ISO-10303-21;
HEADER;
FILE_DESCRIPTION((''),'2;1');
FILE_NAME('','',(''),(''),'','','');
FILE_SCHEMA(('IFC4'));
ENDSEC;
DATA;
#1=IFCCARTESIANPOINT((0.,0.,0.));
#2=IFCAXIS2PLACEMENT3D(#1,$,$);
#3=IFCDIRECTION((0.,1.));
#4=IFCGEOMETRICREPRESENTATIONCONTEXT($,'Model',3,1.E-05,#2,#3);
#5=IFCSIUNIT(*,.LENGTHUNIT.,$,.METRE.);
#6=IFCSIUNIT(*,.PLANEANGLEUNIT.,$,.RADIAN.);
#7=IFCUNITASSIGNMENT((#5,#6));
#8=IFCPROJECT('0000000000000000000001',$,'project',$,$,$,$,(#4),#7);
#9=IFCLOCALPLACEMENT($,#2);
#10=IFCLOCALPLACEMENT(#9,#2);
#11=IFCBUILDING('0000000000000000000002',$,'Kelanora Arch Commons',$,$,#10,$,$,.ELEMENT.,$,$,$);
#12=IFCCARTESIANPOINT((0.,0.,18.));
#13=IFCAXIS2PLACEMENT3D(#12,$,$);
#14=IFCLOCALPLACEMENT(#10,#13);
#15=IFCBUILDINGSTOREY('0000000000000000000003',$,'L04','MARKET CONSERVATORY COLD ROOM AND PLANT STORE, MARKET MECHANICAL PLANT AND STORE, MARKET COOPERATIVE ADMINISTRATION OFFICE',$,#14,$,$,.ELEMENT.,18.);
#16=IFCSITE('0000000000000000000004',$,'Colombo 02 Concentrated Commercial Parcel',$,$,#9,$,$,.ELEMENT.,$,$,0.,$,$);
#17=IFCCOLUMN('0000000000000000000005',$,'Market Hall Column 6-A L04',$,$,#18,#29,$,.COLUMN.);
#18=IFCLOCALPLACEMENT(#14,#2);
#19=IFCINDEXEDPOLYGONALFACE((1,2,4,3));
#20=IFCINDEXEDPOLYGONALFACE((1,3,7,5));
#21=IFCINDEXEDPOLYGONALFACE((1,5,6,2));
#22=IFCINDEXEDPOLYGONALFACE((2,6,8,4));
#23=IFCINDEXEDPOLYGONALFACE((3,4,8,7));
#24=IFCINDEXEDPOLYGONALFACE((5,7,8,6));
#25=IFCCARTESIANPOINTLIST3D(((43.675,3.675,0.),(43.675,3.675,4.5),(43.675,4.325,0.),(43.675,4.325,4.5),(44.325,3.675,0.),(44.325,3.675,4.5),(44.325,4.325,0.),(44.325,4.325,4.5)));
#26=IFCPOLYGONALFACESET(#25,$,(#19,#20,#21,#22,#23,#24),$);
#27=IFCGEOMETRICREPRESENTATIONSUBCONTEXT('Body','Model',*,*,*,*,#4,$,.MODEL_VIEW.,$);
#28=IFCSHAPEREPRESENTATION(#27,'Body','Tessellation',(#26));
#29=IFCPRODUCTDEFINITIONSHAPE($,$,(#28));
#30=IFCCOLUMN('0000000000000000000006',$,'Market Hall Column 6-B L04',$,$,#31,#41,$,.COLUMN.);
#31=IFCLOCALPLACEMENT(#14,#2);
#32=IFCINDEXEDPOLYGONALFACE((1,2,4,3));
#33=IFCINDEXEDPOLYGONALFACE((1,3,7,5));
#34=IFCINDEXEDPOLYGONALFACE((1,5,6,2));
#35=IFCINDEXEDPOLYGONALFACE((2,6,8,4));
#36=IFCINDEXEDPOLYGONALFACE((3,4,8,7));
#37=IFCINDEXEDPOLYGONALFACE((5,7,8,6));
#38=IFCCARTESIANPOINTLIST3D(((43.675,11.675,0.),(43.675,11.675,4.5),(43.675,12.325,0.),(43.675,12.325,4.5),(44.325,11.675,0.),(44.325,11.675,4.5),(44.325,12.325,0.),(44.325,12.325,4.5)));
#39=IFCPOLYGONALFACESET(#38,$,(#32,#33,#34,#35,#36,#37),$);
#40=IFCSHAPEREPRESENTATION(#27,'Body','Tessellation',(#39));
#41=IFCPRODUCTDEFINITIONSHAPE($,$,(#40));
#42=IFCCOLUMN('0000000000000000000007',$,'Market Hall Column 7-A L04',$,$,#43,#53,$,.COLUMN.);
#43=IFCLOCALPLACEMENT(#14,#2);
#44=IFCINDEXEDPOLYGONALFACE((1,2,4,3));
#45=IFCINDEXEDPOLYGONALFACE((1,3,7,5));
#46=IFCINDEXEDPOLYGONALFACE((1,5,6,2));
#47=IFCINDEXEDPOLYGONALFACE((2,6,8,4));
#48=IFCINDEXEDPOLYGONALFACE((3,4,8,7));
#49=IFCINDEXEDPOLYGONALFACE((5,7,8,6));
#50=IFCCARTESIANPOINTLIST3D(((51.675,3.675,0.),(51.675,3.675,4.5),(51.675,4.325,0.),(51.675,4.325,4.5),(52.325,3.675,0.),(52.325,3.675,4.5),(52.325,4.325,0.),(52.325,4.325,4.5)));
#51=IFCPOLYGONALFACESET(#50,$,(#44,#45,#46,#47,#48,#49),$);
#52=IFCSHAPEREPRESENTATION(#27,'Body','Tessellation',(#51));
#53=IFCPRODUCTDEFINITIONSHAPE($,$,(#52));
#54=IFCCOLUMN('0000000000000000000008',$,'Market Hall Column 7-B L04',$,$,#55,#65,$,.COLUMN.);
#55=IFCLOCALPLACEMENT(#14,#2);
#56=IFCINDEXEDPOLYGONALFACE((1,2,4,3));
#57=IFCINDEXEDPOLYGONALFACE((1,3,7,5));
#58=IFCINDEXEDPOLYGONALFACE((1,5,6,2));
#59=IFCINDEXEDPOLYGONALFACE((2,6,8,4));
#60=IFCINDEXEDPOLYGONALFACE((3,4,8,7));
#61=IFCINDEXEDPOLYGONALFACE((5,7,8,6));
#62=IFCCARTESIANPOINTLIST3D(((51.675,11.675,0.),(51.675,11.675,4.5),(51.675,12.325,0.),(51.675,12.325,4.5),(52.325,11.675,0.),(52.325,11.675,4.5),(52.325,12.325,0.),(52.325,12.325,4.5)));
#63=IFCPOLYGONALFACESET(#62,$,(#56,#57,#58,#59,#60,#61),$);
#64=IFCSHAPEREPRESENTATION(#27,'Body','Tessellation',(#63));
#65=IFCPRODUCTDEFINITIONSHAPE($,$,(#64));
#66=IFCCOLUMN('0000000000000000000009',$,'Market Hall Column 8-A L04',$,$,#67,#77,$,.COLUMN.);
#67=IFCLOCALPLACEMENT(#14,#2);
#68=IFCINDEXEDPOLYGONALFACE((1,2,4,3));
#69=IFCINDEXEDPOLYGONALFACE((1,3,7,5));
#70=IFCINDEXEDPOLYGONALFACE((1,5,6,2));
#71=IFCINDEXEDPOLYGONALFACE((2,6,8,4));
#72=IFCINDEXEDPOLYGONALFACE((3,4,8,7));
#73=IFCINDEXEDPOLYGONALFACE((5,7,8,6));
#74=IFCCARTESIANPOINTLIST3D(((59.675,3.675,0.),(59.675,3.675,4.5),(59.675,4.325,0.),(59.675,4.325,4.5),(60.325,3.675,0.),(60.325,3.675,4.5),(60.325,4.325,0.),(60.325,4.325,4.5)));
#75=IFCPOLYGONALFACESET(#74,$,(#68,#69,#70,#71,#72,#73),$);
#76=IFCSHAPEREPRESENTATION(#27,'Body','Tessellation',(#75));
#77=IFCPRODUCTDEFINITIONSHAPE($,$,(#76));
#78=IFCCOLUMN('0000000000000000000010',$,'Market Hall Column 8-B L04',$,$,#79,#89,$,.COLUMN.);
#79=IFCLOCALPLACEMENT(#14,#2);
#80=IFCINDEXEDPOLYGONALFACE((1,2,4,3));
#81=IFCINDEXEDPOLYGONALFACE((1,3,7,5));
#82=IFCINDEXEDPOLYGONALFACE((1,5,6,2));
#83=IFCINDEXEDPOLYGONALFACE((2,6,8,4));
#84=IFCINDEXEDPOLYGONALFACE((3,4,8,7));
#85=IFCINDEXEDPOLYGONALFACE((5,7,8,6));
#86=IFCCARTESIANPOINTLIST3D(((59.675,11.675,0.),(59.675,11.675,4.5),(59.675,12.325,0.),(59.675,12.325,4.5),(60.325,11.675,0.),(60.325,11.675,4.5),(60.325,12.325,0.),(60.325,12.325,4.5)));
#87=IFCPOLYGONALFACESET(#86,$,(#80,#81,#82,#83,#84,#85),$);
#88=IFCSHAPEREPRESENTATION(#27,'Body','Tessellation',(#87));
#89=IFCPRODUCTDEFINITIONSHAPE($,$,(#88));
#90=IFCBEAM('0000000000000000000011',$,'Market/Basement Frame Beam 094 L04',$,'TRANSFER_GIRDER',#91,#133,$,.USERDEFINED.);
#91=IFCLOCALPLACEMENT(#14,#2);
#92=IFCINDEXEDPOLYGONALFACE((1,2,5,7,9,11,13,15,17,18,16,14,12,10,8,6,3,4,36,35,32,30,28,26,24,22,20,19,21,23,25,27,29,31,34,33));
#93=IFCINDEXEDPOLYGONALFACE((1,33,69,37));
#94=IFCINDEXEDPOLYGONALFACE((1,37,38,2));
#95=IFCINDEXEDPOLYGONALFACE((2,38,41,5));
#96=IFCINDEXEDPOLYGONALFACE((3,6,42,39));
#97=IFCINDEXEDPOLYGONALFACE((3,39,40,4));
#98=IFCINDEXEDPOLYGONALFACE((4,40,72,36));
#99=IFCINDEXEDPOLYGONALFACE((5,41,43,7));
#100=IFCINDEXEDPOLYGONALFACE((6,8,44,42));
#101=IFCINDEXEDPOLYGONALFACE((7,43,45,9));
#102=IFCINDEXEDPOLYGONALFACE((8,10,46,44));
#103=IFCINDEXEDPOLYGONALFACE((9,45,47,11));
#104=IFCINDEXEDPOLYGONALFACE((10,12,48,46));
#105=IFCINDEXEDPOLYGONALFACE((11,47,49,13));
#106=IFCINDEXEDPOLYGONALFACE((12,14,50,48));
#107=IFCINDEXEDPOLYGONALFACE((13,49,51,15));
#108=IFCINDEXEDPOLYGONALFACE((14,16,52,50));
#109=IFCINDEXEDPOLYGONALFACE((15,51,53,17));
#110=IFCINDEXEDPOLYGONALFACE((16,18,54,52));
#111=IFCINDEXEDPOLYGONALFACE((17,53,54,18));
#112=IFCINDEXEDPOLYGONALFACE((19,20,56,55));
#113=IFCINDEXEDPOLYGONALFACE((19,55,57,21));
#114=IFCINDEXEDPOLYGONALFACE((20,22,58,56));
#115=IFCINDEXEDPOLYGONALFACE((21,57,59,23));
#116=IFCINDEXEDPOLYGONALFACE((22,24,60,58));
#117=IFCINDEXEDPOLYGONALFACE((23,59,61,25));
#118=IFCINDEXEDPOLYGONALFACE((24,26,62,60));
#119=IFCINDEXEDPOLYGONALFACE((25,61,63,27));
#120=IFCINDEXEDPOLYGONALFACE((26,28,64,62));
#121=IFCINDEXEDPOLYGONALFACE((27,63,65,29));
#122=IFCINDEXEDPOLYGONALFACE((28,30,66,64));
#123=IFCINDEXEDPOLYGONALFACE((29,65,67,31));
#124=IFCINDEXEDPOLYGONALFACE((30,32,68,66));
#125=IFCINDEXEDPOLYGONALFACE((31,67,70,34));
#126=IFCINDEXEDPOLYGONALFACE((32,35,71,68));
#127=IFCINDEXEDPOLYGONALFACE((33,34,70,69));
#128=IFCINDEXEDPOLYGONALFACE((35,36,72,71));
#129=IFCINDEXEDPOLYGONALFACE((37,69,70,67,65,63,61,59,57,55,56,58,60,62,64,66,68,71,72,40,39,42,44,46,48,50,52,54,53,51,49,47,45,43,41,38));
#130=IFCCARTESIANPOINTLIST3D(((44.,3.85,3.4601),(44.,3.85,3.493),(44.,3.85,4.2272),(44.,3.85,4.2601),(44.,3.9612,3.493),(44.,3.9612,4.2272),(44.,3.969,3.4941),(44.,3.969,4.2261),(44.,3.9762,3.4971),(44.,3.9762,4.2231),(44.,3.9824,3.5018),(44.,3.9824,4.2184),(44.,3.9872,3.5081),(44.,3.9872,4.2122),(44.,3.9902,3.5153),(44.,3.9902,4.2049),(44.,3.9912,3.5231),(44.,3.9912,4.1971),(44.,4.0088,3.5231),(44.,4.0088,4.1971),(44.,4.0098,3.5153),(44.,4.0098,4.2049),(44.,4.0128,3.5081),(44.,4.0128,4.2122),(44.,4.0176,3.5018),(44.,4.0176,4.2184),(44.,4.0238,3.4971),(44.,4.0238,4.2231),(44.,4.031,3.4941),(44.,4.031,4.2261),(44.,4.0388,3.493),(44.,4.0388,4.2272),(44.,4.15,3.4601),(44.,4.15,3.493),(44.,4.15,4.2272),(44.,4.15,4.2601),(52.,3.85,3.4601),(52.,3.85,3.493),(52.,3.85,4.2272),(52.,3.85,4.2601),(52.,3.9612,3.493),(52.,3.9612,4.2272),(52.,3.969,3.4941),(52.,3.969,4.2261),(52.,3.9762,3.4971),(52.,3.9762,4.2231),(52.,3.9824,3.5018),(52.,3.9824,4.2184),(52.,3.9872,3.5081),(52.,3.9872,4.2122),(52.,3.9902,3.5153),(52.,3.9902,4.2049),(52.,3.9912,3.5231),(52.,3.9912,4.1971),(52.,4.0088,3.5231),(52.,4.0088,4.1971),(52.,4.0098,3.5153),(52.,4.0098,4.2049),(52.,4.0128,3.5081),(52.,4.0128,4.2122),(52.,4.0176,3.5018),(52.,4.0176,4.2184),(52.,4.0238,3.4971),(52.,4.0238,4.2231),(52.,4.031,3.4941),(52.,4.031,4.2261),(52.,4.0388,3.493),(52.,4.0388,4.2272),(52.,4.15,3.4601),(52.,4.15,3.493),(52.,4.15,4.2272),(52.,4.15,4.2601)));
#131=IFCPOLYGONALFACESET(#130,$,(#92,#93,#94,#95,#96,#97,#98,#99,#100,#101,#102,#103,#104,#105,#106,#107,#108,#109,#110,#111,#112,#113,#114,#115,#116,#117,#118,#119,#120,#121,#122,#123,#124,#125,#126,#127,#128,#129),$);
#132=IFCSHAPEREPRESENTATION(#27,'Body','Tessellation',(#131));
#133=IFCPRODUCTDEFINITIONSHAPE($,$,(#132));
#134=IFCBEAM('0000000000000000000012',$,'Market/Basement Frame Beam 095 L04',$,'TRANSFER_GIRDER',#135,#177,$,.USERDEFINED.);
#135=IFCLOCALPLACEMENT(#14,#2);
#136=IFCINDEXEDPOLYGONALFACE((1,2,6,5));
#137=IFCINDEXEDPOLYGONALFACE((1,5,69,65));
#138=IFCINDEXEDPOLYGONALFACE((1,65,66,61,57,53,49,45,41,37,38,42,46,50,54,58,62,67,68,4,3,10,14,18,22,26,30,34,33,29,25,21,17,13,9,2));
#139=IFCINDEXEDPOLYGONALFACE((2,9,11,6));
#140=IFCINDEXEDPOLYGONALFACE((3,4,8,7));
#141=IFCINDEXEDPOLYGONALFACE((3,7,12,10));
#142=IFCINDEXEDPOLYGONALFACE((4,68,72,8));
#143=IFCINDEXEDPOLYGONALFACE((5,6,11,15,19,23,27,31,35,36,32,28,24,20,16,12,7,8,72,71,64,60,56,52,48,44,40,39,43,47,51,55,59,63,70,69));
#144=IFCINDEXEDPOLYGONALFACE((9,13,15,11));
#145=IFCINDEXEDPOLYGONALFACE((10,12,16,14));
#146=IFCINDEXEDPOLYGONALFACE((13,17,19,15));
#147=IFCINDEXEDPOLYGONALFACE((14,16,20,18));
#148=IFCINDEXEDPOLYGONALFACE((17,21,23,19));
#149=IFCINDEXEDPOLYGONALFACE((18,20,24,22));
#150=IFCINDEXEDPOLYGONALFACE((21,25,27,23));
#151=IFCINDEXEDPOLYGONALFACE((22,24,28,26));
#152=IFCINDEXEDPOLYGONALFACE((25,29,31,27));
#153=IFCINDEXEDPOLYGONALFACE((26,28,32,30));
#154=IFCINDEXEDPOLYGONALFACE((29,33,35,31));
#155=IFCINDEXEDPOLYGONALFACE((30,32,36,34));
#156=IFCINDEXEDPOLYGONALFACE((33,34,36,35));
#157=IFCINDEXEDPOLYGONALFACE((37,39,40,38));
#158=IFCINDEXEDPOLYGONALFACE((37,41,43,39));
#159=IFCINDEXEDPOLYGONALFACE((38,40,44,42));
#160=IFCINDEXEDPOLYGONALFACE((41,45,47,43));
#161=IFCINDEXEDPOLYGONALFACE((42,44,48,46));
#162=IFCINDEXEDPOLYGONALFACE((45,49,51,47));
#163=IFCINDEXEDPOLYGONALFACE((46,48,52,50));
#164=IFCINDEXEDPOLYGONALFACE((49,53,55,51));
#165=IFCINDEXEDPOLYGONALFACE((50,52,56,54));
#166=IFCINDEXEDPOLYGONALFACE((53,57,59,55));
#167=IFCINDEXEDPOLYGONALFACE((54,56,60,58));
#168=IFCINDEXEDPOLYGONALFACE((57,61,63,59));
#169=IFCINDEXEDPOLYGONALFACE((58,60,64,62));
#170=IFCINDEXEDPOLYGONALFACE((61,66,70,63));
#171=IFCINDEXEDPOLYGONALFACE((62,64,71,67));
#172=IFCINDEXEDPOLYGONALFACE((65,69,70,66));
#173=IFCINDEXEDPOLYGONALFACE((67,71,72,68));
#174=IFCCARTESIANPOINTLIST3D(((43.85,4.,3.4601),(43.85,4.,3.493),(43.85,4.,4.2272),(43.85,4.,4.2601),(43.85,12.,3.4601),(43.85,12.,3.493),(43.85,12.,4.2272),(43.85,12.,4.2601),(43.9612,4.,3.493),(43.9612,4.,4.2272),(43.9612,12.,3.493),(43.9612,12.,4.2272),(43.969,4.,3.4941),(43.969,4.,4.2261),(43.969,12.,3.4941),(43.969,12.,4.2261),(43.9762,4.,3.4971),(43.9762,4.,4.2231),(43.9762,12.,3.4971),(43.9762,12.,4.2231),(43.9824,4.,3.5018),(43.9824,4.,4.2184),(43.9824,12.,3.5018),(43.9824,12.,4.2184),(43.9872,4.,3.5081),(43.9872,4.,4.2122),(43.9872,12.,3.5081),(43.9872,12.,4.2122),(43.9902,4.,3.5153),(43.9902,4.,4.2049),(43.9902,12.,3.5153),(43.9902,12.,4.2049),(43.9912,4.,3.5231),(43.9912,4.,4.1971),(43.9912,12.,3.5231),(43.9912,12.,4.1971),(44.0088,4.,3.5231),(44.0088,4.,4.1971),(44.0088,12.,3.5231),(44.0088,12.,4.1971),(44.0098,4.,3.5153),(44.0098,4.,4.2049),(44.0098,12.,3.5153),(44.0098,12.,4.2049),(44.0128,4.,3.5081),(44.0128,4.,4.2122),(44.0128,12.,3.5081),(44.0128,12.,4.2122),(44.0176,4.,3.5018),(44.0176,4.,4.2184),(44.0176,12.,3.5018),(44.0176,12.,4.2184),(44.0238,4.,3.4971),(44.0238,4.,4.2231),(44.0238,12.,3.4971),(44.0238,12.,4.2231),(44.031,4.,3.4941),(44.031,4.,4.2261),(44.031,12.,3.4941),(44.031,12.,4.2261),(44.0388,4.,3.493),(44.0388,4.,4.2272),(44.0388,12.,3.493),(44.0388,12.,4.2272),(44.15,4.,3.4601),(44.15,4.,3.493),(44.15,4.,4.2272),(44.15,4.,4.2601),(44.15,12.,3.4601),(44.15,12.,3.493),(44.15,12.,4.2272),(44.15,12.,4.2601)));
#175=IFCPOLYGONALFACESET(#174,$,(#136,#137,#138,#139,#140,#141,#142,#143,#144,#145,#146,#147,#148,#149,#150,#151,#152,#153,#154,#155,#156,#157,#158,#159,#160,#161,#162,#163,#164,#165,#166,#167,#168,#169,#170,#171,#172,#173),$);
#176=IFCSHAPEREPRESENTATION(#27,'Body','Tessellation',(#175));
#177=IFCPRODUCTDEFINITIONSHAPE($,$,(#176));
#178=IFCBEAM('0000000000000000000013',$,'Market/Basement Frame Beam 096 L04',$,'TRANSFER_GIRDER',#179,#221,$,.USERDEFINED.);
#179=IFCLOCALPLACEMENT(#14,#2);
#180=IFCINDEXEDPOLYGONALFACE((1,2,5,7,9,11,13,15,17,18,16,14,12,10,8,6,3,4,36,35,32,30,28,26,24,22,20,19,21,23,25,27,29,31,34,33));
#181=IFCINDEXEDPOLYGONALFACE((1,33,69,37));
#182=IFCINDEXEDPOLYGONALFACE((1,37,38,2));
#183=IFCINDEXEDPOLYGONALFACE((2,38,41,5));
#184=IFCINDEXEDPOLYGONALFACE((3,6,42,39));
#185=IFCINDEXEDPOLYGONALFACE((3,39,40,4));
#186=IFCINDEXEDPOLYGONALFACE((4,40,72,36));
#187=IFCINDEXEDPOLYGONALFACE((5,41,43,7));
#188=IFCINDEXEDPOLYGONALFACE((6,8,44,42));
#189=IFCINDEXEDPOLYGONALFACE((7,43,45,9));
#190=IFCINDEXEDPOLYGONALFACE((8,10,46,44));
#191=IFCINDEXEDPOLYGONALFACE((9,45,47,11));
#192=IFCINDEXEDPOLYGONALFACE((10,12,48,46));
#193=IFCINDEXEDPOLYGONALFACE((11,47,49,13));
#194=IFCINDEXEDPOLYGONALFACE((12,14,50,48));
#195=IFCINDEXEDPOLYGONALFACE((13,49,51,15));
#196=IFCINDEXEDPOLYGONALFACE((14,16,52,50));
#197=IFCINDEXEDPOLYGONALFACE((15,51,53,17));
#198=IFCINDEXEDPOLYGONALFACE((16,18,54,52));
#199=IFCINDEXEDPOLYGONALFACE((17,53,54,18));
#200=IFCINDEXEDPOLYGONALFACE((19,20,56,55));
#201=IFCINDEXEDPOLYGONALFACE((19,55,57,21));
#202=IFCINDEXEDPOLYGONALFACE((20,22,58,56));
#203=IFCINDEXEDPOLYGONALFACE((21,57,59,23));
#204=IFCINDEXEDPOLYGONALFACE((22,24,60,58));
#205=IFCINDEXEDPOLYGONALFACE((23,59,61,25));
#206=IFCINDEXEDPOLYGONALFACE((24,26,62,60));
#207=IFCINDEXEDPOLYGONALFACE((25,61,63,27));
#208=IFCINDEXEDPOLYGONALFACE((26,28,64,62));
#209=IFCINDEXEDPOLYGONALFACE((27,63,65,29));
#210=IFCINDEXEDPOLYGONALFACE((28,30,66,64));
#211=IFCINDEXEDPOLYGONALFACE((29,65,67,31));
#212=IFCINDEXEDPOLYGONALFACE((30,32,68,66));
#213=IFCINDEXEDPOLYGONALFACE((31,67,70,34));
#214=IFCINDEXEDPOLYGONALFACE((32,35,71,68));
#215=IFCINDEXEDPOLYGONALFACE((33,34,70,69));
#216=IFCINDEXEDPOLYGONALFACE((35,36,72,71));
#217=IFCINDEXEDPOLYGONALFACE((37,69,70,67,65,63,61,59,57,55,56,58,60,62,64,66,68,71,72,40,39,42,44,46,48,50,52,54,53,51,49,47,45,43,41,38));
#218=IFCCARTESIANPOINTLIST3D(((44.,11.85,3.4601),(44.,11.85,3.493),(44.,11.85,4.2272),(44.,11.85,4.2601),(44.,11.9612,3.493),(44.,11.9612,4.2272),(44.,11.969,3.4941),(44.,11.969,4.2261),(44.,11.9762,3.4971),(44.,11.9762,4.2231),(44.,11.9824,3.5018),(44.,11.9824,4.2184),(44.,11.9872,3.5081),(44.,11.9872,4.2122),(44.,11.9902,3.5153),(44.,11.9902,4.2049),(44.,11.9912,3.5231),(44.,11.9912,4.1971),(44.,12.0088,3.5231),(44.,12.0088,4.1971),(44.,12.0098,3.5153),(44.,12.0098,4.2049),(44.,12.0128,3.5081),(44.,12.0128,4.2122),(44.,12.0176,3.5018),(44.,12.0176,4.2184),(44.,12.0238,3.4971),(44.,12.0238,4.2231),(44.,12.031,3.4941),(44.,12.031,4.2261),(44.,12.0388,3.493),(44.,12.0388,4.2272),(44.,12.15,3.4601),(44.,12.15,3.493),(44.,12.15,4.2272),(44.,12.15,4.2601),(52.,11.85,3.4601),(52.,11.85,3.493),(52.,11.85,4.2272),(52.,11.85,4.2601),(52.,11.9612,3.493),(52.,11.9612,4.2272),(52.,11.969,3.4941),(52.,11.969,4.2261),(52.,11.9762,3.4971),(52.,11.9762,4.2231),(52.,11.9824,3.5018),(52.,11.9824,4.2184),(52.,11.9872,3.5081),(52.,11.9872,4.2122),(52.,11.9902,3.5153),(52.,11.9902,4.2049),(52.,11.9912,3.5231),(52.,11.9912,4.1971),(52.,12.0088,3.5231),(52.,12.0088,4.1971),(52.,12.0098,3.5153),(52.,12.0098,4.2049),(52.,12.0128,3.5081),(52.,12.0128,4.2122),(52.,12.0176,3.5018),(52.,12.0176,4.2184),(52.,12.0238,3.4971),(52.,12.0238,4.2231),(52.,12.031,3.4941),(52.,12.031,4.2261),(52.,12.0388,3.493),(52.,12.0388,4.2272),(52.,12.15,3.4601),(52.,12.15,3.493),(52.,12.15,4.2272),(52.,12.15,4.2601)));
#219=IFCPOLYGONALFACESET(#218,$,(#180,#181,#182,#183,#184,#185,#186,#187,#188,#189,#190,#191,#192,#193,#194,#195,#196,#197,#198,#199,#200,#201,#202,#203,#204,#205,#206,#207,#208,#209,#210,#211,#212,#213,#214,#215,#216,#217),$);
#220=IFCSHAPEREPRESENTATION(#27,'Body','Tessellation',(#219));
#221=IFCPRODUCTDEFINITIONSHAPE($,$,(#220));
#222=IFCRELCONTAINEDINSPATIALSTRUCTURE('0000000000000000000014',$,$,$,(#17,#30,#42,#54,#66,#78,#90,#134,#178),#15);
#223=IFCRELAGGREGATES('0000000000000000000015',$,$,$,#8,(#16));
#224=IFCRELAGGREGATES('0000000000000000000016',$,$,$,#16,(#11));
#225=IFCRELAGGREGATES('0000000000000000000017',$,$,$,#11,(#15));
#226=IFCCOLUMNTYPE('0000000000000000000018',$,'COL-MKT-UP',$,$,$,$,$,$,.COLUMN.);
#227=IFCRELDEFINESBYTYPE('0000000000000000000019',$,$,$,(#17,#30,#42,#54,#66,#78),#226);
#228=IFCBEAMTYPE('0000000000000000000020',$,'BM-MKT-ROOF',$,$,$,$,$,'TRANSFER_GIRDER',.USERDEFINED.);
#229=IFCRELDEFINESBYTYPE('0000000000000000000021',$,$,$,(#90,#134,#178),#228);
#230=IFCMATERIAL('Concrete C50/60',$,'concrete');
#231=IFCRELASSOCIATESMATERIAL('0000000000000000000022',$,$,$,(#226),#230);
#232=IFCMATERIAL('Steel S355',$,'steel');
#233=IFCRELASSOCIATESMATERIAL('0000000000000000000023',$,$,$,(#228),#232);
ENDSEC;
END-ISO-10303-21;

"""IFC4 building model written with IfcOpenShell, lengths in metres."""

from ifc_helpers import new_model, si_unit, direction, frame, origin, origin_2d, place, context, subcontext, project, spatial, rectangle, i_section, extrude, material, material_profile, profile_set, type_object, element, save


model = new_model("IFC4")

# Units and contexts
model_context = context("Model", 3, precision=1e-05, world=origin(), true_north=direction((0.0, 1.0)))
body_context = subcontext(model_context, "Body", "Model", "MODEL_VIEW")
ifc_project = project(units=[si_unit("LENGTHUNIT", "METRE"), si_unit("PLANEANGLEUNIT", "RADIAN")], contexts=[model_context])

# Site, building, storey
site_placement = place(None, origin())
site = spatial("IfcSite", under=ifc_project, at=site_placement, Name="Colombo 02 Concentrated Commercial Parcel", CompositionType="ELEMENT", RefElevation=0.0)
building_placement = place(site_placement, origin())
building = spatial("IfcBuilding", under=site, at=building_placement, Name="Kelanora Arch Commons", CompositionType="ELEMENT")
storey_placement = place(building_placement, frame((0.0, 0.0, 18.0)))
storey = spatial("IfcBuildingStorey", under=building, at=storey_placement, Name="L04", Description="MARKET CONSERVATORY COLD ROOM AND PLANT STORE, MARKET MECHANICAL PLANT AND STORE, MARKET COOPERATIVE ADMINISTRATION OFFICE", CompositionType="ELEMENT", Elevation=18.0)

# Columns
ifc_material_1 = material(Name="Concrete C50/60", Category="concrete")
ifc_material_profile_1 = material_profile(ifc_material_1, rectangle(XDim=0.6499, YDim=0.6499, at=origin_2d()), Name="RC650x650")
ifc_profile_set_1 = profile_set([ifc_material_profile_1], Name="Concrete C50/60")
column_type = type_object("IfcColumnType", Name="COL-MKT-UP", PredefinedType="COLUMN", material=ifc_profile_set_1)
for number, where, z_axis, x_axis, name in (
    (1, (44.0, 4.0, 0.0), (0.0, 0.0, 1.0), (1.0, 0.0, 0.0), "Market Hall Column 6-A L04"),
    (2, (44.0, 12.0, 0.0), (0.0, 0.0, 1.0), (1.0, 0.0, 0.0), "Market Hall Column 6-B L04"),
    (3, (52.0, 4.0, 0.0), (0.0, 0.0, 1.0), (1.0, 0.0, 0.0), "Market Hall Column 7-A L04"),
    (4, (52.0, 12.0, 0.0), (0.0, 0.0, 1.0), (1.0, 0.0, 0.0), "Market Hall Column 7-B L04"),
    (5, (60.0, 4.0, 0.0), (0.0, 0.0, 1.0), (1.0, 0.0, 0.0), "Market Hall Column 8-A L04"),
    (6, (60.0, 12.0, 0.0), (0.0, 0.0, 1.0), (1.0, 0.0, 0.0), "Market Hall Column 8-B L04"),
):
    element("IfcColumn", number, at=place(storey_placement, frame(where, z_axis=z_axis, x_axis=x_axis)), inside=storey, type_object=column_type, Name=name, PredefinedType="COLUMN", context=body_context, shape_type="SweptSolid", body=[
        extrude(rectangle(XDim=0.6499, YDim=0.6499, at=origin_2d()), origin(), (0.0, 0.0, 1.0), 4.5),
    ])

# Beams
ifc_material_2 = material(Name="Steel S355", Category="steel")
ifc_material_profile_2 = material_profile(ifc_material_2, i_section(OverallWidth=0.3, OverallDepth=0.8, WebThickness=0.0176, FlangeThickness=0.033, FilletRadius=0.03, at=origin_2d()), Name="HEB800")
ifc_profile_set_2 = profile_set([ifc_material_profile_2], Name="Steel S355")
beam_type = type_object("IfcBeamType", Name="BM-MKT-ROOF", ElementType="TRANSFER_GIRDER", PredefinedType="USERDEFINED", material=ifc_profile_set_2)
for number, where, z_axis, x_axis, name in (
    (7, (44.0, 4.0, 3.8601), (1.0, 0.0, 0.0), (0.0, 1.0, 0.0), "Market/Basement Frame Beam 094 L04"),
    (8, (44.0, 4.0, 3.8601), (0.0, 1.0, 0.0), (-1.0, 0.0, 0.0), "Market/Basement Frame Beam 095 L04"),
    (9, (44.0, 12.0, 3.8601), (1.0, 0.0, 0.0), (0.0, 1.0, 0.0), "Market/Basement Frame Beam 096 L04"),
):
    element("IfcBeam", number, at=place(storey_placement, frame(where, z_axis=z_axis, x_axis=x_axis)), inside=storey, type_object=beam_type, Name=name, ObjectType="TRANSFER_GIRDER", PredefinedType="USERDEFINED", context=body_context, shape_type="SweptSolid", body=[
        extrude(i_section(OverallWidth=0.3, OverallDepth=0.8, WebThickness=0.0176, FlangeThickness=0.033, FilletRadius=0.03, at=origin_2d()), origin(), (0.0, 0.0, 1.0), 8.0),
    ])

save(model, "model.ifc")
